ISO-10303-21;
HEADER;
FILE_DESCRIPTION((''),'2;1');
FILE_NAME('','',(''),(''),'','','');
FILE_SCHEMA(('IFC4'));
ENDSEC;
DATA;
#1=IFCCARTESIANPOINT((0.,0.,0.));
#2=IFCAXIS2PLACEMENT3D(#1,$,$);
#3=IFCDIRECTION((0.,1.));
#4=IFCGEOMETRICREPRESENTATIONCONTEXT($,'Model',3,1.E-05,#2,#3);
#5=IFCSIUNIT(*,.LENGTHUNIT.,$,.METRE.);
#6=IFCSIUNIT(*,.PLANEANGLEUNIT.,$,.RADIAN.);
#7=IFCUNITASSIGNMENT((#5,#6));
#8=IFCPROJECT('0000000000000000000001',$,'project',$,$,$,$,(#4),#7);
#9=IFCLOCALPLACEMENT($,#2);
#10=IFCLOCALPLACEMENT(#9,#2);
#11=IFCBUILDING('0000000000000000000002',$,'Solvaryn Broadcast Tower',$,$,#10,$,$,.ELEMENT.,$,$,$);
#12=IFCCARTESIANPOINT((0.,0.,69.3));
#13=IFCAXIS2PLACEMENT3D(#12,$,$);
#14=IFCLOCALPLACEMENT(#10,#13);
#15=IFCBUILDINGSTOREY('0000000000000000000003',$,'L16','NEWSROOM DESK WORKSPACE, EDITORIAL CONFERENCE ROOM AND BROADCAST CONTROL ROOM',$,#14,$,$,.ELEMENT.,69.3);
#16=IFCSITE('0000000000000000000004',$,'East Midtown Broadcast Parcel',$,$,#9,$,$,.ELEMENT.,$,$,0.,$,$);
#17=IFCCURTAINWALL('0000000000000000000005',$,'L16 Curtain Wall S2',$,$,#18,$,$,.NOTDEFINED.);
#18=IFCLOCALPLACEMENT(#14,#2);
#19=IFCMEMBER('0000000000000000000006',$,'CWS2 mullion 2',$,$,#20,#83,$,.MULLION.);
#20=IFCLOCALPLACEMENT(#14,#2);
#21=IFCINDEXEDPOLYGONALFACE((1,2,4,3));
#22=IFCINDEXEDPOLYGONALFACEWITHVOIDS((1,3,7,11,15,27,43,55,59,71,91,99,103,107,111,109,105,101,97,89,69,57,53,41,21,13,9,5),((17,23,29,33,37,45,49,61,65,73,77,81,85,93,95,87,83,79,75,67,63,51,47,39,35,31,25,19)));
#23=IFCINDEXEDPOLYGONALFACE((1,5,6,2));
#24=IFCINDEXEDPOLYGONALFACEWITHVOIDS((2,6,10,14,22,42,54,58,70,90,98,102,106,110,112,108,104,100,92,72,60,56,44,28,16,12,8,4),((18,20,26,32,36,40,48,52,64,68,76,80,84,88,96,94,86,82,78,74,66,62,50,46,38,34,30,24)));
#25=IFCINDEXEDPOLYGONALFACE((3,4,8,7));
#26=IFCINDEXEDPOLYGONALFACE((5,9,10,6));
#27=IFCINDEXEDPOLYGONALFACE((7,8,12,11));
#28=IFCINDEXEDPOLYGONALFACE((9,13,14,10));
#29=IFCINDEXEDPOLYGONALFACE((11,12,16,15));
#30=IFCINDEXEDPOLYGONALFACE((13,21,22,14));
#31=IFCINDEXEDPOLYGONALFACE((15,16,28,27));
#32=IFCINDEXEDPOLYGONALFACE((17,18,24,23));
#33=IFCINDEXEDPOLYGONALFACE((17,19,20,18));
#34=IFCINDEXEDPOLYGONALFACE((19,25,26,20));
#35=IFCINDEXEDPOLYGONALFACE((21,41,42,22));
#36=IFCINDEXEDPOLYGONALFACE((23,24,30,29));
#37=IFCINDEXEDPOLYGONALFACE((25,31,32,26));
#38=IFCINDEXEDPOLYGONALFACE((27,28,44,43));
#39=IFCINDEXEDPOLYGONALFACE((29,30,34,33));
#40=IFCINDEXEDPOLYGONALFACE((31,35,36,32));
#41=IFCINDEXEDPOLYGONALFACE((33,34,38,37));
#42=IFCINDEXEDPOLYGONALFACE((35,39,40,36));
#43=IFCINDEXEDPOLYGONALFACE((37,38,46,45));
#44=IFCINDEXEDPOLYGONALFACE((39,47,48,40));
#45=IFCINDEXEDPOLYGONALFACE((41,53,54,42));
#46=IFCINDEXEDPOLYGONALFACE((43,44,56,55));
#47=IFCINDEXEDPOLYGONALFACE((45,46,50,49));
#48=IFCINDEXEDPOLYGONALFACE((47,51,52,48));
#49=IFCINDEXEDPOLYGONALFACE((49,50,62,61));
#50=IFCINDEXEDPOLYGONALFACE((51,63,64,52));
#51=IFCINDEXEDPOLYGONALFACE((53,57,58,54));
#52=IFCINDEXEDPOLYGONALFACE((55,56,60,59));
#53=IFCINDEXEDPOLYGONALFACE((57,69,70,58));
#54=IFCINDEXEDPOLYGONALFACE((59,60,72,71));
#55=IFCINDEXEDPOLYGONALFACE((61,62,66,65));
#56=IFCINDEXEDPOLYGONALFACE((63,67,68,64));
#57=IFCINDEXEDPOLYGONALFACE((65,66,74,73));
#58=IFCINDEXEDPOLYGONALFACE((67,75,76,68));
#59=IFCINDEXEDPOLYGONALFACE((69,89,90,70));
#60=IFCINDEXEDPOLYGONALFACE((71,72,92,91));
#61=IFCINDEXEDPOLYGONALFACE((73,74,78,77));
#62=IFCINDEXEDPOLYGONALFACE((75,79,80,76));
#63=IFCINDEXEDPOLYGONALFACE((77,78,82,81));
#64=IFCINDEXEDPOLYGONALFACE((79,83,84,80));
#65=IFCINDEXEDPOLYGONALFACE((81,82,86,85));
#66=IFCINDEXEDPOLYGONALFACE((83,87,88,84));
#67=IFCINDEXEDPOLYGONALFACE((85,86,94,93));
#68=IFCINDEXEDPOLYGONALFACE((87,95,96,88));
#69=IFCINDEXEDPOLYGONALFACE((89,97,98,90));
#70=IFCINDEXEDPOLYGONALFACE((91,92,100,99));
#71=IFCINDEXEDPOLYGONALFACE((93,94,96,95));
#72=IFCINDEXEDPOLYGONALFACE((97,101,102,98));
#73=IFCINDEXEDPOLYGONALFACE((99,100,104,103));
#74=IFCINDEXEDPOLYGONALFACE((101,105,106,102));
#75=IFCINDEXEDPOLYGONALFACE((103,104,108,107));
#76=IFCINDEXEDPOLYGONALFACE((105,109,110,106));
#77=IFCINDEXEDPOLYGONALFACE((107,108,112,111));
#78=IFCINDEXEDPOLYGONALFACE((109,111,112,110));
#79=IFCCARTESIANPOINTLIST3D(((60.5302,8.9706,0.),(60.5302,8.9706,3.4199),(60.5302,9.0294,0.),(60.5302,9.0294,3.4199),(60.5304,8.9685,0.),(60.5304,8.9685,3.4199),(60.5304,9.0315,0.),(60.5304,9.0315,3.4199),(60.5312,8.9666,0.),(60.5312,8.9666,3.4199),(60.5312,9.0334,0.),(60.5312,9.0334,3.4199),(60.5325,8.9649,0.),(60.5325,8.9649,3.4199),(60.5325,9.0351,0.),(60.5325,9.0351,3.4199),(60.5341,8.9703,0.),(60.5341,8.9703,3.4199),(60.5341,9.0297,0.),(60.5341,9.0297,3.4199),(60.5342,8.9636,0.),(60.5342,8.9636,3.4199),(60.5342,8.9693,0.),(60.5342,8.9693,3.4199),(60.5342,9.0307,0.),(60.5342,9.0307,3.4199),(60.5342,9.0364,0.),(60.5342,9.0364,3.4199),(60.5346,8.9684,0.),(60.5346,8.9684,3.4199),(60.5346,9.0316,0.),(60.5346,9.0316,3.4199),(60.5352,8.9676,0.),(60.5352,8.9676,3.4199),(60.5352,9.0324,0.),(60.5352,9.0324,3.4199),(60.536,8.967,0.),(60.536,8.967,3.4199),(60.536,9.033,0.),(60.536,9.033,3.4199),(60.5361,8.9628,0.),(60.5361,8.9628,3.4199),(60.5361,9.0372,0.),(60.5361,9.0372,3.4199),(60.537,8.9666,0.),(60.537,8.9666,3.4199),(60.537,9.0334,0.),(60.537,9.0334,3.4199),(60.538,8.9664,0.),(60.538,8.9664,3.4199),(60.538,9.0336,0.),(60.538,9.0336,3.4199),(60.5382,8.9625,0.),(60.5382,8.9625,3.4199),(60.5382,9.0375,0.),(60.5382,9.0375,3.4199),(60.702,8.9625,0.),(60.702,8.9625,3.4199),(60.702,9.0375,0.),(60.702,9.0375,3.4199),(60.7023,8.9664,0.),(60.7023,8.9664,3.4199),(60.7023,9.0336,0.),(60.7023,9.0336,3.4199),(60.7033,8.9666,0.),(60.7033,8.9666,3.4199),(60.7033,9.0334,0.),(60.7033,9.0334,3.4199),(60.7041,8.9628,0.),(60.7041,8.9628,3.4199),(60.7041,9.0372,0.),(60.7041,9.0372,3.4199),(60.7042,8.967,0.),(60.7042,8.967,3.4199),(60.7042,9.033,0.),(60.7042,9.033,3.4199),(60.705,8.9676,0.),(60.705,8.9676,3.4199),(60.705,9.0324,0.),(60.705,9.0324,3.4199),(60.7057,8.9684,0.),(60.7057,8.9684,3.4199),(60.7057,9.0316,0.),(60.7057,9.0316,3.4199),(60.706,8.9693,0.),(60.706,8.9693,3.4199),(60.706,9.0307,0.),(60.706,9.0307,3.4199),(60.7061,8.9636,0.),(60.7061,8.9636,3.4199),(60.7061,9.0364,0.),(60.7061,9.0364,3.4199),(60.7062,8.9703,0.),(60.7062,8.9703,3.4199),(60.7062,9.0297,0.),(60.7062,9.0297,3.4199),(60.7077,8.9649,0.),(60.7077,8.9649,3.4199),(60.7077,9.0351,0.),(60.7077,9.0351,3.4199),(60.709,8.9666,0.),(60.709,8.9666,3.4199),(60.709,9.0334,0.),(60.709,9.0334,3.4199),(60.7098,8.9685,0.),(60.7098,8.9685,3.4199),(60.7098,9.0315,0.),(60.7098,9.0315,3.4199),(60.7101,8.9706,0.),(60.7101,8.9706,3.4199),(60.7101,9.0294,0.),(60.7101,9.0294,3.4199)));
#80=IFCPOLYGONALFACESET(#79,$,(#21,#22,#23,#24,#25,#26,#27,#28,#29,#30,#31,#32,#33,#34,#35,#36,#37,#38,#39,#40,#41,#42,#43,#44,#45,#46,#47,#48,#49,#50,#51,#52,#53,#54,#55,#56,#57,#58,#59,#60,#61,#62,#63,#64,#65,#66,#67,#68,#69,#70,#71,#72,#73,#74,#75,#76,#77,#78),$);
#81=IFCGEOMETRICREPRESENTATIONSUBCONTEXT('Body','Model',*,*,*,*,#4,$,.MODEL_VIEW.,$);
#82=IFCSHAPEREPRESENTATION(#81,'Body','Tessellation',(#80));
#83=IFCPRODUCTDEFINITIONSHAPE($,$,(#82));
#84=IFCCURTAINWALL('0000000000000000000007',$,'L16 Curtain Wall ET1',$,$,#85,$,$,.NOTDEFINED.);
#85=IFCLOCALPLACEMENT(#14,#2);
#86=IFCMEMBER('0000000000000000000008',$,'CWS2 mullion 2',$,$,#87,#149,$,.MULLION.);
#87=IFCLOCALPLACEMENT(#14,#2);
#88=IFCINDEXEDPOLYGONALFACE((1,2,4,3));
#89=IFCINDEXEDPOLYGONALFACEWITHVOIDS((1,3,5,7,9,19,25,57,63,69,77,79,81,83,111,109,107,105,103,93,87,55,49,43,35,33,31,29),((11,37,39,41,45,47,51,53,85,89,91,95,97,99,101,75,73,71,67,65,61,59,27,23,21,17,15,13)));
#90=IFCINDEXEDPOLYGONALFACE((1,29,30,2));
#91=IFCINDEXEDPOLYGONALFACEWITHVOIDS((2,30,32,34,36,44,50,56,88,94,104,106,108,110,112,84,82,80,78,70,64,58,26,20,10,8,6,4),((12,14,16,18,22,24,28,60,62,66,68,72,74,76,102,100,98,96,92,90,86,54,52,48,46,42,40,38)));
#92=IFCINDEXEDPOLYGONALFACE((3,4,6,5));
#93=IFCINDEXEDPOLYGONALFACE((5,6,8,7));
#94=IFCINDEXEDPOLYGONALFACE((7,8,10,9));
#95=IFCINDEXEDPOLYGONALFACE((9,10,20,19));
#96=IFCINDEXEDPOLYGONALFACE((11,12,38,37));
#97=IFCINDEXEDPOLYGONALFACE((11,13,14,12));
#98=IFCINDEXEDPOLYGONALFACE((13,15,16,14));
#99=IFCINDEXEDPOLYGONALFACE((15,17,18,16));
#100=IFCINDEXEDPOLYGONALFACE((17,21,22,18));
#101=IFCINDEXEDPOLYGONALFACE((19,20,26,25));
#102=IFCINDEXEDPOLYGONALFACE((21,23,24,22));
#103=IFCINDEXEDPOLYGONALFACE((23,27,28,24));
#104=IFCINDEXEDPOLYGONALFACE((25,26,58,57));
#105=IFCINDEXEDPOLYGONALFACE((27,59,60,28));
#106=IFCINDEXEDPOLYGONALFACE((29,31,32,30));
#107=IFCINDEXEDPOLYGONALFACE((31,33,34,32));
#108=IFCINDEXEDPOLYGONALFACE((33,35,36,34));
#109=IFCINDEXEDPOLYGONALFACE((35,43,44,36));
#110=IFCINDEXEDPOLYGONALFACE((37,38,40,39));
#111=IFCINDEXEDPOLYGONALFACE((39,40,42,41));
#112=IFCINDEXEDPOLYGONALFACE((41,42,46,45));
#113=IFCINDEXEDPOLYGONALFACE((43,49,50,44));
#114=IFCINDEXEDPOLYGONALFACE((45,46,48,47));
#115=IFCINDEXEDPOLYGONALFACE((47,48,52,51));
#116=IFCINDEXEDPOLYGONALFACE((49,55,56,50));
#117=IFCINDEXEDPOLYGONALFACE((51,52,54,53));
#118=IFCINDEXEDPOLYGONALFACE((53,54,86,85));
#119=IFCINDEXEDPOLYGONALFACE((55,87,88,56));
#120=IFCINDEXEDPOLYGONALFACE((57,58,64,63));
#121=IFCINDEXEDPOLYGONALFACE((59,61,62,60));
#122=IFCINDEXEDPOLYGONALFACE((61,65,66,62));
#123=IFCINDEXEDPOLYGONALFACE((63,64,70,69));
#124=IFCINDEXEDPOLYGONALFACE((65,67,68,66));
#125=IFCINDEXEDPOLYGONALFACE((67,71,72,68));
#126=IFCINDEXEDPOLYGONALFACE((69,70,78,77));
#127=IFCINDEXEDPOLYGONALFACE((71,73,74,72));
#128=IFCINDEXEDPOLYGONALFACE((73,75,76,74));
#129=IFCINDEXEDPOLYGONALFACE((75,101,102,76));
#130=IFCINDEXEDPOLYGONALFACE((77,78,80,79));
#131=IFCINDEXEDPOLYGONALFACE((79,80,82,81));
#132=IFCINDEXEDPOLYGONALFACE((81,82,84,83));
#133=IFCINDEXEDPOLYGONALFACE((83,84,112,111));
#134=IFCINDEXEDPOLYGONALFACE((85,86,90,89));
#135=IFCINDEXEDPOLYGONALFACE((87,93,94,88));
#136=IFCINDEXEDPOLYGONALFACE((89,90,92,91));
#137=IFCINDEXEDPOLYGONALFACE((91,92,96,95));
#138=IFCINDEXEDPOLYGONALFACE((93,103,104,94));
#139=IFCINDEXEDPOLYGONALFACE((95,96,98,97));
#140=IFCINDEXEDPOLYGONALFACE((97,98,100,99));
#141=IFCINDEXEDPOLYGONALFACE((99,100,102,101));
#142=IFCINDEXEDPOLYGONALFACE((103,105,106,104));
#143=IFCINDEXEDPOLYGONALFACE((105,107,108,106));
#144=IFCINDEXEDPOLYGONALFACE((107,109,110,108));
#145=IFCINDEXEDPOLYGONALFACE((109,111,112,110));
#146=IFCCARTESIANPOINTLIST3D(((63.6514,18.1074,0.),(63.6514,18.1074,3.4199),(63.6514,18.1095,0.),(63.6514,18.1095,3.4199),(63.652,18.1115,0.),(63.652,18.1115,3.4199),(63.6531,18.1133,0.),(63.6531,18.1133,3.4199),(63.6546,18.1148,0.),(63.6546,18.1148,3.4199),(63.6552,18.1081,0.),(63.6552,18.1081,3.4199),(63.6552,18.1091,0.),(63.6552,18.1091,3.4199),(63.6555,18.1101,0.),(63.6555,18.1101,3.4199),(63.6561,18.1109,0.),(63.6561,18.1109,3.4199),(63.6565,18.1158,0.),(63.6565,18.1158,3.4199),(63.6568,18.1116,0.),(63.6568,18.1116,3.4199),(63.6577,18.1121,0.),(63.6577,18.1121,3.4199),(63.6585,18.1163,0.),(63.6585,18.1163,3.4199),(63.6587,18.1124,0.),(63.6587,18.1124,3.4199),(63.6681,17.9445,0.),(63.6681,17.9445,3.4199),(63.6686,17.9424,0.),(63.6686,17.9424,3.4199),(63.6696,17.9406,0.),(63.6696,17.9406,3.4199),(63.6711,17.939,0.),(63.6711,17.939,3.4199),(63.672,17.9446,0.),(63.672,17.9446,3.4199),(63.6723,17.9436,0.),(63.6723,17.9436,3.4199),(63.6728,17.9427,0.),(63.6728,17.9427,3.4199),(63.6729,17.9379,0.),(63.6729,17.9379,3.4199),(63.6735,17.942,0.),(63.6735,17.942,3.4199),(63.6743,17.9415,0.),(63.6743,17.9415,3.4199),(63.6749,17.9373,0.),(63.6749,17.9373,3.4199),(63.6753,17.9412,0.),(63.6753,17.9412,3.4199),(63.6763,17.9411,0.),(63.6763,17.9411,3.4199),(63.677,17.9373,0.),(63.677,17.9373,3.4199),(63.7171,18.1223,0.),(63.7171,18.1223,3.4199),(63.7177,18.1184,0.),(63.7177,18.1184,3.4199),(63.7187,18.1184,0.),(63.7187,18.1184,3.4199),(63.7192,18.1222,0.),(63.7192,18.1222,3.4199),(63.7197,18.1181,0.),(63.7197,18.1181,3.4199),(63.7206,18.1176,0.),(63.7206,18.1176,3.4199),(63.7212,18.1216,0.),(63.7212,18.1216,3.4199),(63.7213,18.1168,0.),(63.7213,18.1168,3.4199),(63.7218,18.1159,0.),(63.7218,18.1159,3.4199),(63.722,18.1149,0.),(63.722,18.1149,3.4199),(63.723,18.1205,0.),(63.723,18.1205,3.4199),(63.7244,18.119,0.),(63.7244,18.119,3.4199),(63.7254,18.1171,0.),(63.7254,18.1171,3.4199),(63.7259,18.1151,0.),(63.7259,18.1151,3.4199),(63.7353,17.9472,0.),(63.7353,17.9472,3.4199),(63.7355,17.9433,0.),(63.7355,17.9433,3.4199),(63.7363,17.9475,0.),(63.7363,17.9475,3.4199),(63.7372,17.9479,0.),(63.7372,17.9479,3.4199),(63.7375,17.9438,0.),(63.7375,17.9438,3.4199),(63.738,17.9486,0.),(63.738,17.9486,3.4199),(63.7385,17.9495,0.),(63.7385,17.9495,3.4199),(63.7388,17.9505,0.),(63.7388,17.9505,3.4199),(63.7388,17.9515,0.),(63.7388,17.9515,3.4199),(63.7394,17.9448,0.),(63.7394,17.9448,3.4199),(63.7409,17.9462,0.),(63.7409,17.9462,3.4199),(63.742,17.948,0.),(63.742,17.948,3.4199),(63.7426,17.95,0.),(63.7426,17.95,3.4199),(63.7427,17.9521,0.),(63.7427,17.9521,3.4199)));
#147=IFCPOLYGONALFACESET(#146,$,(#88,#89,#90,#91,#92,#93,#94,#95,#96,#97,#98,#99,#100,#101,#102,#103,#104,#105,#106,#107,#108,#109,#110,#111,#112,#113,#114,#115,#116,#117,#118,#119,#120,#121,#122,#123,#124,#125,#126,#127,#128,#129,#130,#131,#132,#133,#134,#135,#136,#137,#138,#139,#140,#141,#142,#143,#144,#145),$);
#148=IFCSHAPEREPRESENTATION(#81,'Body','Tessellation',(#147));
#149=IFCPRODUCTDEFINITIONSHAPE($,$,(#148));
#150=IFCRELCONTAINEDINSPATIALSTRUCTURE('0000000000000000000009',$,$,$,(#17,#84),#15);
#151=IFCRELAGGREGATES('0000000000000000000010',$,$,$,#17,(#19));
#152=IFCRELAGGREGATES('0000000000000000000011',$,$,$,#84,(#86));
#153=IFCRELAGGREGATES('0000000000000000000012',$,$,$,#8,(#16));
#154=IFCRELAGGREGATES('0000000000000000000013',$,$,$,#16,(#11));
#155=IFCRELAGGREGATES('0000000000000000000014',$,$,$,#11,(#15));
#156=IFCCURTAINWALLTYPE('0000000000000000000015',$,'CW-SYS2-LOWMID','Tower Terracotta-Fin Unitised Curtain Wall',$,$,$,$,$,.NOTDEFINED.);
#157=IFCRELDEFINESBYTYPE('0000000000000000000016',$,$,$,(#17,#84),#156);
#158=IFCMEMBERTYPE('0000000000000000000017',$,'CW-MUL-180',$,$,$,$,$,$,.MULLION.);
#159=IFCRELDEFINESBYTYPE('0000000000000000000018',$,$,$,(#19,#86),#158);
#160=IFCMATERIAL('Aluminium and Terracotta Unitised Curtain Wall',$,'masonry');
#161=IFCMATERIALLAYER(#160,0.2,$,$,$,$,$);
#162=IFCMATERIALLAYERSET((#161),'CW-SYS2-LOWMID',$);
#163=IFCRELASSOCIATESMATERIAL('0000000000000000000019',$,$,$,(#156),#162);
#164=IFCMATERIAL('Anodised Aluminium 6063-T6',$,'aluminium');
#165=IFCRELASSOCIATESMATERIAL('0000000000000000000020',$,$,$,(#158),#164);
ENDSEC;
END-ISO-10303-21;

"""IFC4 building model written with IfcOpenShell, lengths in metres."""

from ifc_helpers import new_model, si_unit, direction, frame, origin, origin_2d, place, context, subcontext, project, spatial, hollow_rectangle, extrude, material, layer, layer_set, material_profile, profile_set, type_object, element, aggregate, save


model = new_model("IFC4")

# Units and contexts
model_context = context("Model", 3, precision=1e-05, world=origin(), true_north=direction((0.0, 1.0)))
body_context = subcontext(model_context, "Body", "Model", "MODEL_VIEW")
ifc_project = project(units=[si_unit("LENGTHUNIT", "METRE"), si_unit("PLANEANGLEUNIT", "RADIAN")], contexts=[model_context])

# Site, building, storey
site_placement = place(None, origin())
site = spatial("IfcSite", under=ifc_project, at=site_placement, Name="East Midtown Broadcast Parcel", CompositionType="ELEMENT", RefElevation=0.0)
building_placement = place(site_placement, origin())
building = spatial("IfcBuilding", under=site, at=building_placement, Name="Solvaryn Broadcast Tower", CompositionType="ELEMENT")
storey_placement = place(building_placement, frame((0.0, 0.0, 69.3)))
storey = spatial("IfcBuildingStorey", under=building, at=storey_placement, Name="L16", Description="NEWSROOM DESK WORKSPACE, EDITORIAL CONFERENCE ROOM AND BROADCAST CONTROL ROOM", CompositionType="ELEMENT", Elevation=69.3)

# Curtain walls, members
ifc_material_1 = material(Name="Aluminium and Terracotta Unitised Curtain Wall", Category="masonry")
ifc_layer_1 = layer(ifc_material_1, 0.2)
ifc_layer_set_1 = layer_set([ifc_layer_1], Name="CW-SYS2-LOWMID")
curtain_wall_type = type_object("IfcCurtainWallType", Name="CW-SYS2-LOWMID", Description="Tower Terracotta-Fin Unitised Curtain Wall", PredefinedType="NOTDEFINED", material=ifc_layer_set_1)
curtain_wall_1_placement = place(storey_placement, origin())
curtain_wall_1 = element("IfcCurtainWall", 1, at=curtain_wall_1_placement, inside=storey, type_object=curtain_wall_type, Name="L16 Curtain Wall S2", PredefinedType="NOTDEFINED")
ifc_material_2 = material(Name="Anodised Aluminium 6063-T6", Category="aluminium")
ifc_material_profile_1 = material_profile(ifc_material_2, hollow_rectangle(XDim=0.075, YDim=0.1799, WallThickness=0.0039, InnerFilletRadius=0.0039, OuterFilletRadius=0.0081, at=origin_2d()))
ifc_profile_set_1 = profile_set([ifc_material_profile_1], Name="Anodised Aluminium 6063-T6")
member_type_1 = type_object("IfcMemberType", Name="CW-MUL-180", PredefinedType="MULLION", material=ifc_profile_set_1)
member_1_placement = place(storey_placement, frame((60.6201, 9.0, 0.0), z_axis=(0.0, 0.0, 1.0), x_axis=(0.0, 1.0, 0.0)))
member_1 = element("IfcMember", 2, at=member_1_placement, type_object=member_type_1, Name="CWS2 mullion 2", PredefinedType="MULLION", context=body_context, shape_type="SweptSolid", body=[
    extrude(hollow_rectangle(XDim=0.075, YDim=0.1799, WallThickness=0.0039, InnerFilletRadius=0.0039, OuterFilletRadius=0.0081, at=origin_2d()), origin(), (0.0, 0.0, 1.0), 3.4199),
])
aggregate(curtain_wall_1, [member_1])
curtain_wall_2_placement = place(storey_placement, origin())
curtain_wall_2 = element("IfcCurtainWall", 3, at=curtain_wall_2_placement, inside=storey, type_object=curtain_wall_type, Name="L16 Curtain Wall ET1", PredefinedType="NOTDEFINED")
member_2_placement = place(storey_placement, frame((63.697, 18.0298, 0.0), z_axis=(0.0, 0.0, 1.0), x_axis=(0.994743, 0.1024, 0.0)))
member_2 = element("IfcMember", 4, at=member_2_placement, type_object=member_type_1, Name="CWS2 mullion 2", PredefinedType="MULLION", context=body_context, shape_type="SweptSolid", body=[
    extrude(hollow_rectangle(XDim=0.075, YDim=0.1799, WallThickness=0.0039, InnerFilletRadius=0.0039, OuterFilletRadius=0.0081, at=origin_2d()), origin(), (0.0, 0.0, 1.0), 3.4199),
])
aggregate(curtain_wall_2, [member_2])

save(model, "model.ifc")
